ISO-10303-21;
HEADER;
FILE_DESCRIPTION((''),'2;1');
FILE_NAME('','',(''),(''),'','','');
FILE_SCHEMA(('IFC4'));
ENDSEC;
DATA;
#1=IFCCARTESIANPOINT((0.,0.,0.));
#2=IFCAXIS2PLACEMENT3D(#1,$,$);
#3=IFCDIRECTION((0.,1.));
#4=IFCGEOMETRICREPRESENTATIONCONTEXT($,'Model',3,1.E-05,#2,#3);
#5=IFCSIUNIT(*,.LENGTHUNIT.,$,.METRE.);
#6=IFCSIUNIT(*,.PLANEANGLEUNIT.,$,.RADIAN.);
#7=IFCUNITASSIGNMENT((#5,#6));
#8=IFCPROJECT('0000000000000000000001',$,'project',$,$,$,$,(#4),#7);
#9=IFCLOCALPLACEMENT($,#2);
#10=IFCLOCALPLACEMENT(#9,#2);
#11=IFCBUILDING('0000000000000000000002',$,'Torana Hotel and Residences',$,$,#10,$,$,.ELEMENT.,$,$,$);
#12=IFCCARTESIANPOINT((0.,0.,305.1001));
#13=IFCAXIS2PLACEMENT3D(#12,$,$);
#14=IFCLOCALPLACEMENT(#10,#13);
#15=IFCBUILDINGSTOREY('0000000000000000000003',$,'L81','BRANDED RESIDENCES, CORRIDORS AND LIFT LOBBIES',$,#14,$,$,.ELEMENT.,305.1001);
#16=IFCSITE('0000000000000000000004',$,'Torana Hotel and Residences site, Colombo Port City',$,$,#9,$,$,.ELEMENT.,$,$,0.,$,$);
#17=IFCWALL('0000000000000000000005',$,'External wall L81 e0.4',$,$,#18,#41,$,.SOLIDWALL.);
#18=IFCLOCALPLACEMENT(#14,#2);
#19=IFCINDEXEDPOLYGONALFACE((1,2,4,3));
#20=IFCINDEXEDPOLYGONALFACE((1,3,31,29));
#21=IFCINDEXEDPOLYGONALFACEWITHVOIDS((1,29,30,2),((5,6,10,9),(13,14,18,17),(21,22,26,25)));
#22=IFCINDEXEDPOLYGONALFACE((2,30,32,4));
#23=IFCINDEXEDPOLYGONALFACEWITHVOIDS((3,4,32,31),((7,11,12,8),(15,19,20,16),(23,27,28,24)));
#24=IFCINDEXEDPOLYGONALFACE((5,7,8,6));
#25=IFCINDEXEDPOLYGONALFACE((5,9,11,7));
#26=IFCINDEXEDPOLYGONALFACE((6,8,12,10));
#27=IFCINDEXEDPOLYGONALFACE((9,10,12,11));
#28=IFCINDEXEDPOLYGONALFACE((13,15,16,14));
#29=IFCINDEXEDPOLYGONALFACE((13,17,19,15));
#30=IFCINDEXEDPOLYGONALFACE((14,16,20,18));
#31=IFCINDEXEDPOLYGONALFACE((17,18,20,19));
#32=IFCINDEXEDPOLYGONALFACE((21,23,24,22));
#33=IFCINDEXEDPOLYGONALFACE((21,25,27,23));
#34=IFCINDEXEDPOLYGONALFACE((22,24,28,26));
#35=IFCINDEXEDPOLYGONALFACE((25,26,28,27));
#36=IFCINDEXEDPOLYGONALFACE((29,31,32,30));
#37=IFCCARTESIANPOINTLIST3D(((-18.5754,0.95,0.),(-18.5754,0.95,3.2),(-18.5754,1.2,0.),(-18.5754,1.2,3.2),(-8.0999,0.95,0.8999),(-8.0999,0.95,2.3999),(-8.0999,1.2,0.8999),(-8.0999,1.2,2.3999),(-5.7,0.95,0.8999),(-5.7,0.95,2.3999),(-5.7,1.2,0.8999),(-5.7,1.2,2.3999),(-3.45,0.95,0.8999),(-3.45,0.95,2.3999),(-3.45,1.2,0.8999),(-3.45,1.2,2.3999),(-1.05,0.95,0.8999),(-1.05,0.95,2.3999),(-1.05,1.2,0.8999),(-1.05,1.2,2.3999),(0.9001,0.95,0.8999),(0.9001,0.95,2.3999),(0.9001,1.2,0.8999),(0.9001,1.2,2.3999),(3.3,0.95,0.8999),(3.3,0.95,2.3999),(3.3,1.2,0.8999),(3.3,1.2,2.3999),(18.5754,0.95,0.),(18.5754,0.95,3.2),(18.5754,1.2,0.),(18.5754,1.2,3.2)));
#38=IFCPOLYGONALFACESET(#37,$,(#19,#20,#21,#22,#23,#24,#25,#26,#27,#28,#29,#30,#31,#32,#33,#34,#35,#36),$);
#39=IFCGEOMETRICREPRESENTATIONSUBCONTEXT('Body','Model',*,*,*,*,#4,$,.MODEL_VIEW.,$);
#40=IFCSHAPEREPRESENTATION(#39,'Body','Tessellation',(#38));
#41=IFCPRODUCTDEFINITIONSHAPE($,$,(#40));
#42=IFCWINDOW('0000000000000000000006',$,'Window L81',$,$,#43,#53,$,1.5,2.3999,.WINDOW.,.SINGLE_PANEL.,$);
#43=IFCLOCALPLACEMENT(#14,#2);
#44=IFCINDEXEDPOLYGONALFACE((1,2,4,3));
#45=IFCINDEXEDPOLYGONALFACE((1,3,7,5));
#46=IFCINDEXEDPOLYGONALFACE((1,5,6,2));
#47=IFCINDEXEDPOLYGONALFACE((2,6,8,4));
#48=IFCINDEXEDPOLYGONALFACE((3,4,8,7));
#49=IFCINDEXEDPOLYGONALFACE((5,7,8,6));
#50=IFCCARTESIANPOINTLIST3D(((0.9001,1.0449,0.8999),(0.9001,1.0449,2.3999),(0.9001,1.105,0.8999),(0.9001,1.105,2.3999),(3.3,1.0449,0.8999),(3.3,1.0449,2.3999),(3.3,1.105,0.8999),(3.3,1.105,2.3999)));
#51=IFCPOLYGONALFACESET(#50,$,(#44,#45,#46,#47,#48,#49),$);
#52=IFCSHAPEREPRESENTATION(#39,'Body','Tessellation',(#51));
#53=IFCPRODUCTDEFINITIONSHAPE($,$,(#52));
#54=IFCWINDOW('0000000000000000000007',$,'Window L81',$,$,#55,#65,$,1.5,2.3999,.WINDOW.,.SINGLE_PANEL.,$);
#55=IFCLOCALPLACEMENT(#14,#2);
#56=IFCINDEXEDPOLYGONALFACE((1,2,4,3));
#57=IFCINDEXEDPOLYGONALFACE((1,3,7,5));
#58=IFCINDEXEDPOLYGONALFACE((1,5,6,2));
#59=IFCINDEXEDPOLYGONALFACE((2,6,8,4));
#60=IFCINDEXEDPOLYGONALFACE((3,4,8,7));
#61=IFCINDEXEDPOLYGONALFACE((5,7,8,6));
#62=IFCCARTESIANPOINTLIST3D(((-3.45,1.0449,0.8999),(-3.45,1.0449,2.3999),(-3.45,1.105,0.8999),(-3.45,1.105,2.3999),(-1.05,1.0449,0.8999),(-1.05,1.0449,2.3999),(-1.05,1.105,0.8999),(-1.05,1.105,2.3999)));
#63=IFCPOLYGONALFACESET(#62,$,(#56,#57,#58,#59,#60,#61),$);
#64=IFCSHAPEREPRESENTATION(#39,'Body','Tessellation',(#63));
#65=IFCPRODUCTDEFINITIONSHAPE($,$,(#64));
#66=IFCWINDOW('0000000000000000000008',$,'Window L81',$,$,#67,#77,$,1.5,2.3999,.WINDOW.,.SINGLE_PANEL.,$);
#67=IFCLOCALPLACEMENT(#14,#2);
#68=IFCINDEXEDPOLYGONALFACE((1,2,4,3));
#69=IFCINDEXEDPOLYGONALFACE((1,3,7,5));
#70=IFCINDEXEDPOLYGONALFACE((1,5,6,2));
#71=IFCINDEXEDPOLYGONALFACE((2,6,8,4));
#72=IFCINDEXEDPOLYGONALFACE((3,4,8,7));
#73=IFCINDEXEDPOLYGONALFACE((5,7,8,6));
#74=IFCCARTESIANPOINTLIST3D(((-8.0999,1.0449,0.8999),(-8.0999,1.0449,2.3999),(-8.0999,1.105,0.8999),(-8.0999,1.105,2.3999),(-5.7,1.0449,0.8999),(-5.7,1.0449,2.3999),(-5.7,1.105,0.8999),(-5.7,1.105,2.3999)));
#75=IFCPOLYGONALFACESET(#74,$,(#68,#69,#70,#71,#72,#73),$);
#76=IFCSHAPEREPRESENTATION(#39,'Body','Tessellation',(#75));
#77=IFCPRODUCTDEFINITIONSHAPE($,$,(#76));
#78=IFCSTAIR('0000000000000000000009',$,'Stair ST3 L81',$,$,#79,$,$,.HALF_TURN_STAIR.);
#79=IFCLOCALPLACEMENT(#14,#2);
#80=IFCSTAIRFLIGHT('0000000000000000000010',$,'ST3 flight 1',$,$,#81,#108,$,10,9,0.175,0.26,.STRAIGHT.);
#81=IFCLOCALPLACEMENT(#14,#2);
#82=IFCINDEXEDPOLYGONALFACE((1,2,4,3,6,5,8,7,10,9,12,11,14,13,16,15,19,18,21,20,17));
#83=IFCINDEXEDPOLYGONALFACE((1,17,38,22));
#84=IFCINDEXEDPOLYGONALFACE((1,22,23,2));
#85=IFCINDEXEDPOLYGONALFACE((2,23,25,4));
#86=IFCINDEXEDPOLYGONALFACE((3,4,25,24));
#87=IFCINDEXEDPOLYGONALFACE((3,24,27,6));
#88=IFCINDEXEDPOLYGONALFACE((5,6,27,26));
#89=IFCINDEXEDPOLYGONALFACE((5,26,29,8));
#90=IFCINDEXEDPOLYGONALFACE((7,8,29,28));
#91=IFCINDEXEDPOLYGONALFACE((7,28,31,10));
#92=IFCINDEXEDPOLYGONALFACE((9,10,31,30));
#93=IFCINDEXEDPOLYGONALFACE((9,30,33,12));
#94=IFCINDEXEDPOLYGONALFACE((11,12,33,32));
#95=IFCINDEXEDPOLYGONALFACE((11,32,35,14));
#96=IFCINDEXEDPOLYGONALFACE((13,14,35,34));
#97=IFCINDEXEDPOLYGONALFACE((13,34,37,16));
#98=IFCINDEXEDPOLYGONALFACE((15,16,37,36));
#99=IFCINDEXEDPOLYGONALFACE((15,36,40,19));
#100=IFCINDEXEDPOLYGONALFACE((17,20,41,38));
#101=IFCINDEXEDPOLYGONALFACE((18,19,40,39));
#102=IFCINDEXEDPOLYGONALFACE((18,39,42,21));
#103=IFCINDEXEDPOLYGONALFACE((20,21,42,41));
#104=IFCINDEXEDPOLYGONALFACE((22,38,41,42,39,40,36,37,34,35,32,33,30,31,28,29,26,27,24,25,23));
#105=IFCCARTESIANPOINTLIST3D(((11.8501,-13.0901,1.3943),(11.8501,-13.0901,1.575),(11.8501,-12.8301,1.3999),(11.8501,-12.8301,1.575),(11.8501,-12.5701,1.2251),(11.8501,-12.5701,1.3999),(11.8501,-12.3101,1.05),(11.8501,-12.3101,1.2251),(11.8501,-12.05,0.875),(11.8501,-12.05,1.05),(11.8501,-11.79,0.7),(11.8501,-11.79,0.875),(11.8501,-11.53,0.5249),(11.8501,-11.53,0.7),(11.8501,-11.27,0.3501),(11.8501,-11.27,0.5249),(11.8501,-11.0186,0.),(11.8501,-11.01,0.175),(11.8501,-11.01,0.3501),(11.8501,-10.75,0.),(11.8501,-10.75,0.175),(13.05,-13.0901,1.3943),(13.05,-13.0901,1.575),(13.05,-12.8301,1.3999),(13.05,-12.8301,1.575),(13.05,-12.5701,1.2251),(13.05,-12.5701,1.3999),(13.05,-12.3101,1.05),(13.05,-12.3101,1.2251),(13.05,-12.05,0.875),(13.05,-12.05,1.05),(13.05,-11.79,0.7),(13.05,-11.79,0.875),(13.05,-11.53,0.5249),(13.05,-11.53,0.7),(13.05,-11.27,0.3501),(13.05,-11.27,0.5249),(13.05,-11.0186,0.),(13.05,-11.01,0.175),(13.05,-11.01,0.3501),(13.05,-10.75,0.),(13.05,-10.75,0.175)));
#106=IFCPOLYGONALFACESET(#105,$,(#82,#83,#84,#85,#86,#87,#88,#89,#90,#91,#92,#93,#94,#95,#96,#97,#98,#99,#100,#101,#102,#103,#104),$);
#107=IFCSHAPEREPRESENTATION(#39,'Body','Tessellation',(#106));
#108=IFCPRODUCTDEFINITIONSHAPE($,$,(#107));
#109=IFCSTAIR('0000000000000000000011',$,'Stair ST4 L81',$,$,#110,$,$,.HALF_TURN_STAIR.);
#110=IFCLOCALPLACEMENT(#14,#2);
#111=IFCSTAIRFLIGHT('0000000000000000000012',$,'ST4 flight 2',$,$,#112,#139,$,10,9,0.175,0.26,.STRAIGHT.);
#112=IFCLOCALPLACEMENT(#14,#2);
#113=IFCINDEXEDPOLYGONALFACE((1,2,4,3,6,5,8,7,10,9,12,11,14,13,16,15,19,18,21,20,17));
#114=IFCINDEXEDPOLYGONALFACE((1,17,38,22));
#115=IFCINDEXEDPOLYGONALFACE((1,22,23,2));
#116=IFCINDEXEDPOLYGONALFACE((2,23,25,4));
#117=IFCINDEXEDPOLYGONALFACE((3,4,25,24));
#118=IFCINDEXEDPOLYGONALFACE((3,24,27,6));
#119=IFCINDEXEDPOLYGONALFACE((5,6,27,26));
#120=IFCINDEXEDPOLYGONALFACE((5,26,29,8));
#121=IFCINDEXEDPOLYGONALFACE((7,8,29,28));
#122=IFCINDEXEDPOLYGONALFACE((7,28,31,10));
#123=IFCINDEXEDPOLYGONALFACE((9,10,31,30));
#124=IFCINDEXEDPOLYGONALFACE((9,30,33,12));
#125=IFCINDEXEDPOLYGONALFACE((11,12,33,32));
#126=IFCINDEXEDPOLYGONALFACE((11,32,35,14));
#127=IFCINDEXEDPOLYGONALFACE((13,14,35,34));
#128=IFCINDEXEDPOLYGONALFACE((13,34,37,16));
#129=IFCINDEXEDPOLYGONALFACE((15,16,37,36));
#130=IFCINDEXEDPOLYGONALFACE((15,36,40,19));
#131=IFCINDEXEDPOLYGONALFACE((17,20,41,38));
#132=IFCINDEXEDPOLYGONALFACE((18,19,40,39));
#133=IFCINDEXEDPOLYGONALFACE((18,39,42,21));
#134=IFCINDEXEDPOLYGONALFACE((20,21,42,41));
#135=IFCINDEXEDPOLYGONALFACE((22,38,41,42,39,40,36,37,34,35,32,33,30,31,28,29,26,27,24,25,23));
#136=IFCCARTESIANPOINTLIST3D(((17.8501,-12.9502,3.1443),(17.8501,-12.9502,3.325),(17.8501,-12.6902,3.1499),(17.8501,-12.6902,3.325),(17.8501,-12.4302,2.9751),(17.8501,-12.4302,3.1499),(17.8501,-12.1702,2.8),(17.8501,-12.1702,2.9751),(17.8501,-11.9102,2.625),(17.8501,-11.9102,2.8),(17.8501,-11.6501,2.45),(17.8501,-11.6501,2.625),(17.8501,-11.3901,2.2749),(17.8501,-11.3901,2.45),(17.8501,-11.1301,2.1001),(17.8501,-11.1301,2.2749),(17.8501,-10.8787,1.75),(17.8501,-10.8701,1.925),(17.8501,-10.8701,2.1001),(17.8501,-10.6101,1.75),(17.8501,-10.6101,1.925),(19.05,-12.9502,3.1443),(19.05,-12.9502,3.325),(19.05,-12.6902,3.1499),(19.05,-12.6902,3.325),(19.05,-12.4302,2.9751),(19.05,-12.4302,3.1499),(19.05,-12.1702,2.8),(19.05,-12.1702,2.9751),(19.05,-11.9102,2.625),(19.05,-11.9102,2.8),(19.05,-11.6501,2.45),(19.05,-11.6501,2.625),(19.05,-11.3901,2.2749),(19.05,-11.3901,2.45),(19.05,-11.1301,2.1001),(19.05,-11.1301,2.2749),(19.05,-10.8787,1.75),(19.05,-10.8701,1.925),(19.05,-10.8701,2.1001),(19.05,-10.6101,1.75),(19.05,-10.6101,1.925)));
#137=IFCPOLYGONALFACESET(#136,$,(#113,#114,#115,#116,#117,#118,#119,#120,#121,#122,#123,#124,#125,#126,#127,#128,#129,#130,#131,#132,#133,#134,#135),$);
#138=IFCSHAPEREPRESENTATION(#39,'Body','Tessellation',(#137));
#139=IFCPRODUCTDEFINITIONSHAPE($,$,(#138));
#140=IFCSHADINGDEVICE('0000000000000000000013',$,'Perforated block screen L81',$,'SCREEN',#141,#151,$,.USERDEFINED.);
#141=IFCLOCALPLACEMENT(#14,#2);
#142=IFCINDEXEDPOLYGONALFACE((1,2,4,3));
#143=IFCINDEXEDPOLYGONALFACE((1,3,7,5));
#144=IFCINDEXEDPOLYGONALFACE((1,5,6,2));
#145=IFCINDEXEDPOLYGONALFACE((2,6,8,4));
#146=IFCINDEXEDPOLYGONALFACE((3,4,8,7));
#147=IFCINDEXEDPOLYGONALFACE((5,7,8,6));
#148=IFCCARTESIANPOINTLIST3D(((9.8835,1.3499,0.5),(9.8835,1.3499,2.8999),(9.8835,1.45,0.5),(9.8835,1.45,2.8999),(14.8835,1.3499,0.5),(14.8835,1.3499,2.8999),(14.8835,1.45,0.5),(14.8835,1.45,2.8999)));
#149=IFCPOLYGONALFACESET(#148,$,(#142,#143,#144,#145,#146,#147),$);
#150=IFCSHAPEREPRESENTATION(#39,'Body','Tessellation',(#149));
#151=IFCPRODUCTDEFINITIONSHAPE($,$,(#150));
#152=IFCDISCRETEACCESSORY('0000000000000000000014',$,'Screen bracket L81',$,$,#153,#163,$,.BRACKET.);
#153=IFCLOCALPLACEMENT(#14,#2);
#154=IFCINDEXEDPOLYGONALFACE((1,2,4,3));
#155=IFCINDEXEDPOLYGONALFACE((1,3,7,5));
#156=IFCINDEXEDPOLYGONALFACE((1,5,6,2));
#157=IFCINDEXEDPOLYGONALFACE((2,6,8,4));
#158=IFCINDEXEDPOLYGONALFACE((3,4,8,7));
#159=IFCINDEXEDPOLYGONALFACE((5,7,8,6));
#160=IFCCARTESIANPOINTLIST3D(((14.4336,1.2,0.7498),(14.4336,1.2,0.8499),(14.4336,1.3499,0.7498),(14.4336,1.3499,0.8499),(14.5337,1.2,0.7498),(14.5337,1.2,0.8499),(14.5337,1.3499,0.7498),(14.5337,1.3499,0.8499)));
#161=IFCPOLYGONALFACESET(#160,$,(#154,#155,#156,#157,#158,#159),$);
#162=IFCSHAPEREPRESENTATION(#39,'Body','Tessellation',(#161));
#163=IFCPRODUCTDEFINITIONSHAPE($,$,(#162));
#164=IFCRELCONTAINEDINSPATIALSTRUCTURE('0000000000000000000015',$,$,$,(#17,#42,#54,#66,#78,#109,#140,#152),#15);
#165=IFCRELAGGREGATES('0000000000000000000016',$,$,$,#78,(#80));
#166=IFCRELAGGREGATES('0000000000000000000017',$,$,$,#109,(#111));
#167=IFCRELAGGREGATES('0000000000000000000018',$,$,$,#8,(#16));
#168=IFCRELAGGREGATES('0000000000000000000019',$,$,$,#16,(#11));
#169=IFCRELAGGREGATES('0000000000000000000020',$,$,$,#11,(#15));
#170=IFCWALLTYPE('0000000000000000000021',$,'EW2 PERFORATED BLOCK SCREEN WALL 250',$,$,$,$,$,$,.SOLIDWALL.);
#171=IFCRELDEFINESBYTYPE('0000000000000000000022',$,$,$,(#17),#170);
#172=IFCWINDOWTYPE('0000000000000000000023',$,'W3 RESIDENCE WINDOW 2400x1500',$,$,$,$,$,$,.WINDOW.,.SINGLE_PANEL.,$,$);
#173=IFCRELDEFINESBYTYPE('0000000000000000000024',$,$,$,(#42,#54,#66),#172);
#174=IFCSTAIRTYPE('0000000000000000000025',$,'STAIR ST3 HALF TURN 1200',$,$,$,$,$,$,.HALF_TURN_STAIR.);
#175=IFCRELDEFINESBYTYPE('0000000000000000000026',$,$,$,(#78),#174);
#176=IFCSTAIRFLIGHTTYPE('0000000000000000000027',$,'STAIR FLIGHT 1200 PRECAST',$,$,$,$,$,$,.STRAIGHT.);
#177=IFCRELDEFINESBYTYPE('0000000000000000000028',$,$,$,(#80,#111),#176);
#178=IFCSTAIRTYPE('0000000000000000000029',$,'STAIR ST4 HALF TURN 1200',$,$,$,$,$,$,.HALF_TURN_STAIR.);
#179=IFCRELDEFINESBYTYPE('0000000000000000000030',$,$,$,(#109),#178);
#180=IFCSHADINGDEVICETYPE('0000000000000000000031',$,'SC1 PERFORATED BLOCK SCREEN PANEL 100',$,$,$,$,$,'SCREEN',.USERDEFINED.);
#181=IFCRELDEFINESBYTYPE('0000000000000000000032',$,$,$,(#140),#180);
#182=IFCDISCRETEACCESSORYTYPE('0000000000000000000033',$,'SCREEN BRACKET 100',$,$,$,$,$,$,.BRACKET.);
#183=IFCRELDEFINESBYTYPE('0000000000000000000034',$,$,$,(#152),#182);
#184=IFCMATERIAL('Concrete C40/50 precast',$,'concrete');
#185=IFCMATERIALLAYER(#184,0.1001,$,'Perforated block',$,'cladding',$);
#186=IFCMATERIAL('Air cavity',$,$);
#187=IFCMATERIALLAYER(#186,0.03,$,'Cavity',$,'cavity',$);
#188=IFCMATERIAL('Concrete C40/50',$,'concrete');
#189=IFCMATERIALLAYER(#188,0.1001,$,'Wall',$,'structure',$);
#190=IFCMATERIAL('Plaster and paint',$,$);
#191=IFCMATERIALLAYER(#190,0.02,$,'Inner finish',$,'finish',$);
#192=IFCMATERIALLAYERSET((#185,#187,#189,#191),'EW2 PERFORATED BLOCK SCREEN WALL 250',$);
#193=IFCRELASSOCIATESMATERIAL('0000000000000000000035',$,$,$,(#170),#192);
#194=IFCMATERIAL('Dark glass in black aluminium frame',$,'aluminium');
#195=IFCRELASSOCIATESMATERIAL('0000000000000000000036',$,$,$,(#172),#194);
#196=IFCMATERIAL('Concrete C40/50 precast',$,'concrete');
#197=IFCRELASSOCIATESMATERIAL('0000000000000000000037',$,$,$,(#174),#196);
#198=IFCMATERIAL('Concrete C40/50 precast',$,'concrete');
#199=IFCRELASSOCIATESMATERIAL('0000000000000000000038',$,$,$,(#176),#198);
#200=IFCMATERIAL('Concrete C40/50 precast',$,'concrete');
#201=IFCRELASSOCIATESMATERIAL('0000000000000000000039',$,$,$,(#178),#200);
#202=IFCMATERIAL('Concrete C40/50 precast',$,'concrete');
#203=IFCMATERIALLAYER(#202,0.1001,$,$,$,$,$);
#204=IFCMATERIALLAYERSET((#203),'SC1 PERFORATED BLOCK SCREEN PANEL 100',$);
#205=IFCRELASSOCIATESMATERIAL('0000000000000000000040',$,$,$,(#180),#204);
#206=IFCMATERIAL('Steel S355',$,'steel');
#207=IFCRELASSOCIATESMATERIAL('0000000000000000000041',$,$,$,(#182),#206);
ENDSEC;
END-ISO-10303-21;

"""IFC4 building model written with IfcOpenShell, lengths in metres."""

from ifc_helpers import new_model, si_unit, direction, frame, frame_2d, origin, origin_2d, place, context, subcontext, project, spatial, polyline, rectangle, outline, extrude, material, layer, layer_set, type_object, element, fill, aggregate, save


model = new_model("IFC4")

# Units and contexts
model_context = context("Model", 3, precision=1e-05, world=origin(), true_north=direction((0.0, 1.0)))
body_context = subcontext(model_context, "Body", "Model", "MODEL_VIEW")
ifc_project = project(units=[si_unit("LENGTHUNIT", "METRE"), si_unit("PLANEANGLEUNIT", "RADIAN")], contexts=[model_context])

# Site, building, storey
site_placement = place(None, origin())
site = spatial("IfcSite", under=ifc_project, at=site_placement, Name="Torana Hotel and Residences site, Colombo Port City", CompositionType="ELEMENT", RefElevation=0.0)
building_placement = place(site_placement, origin())
building = spatial("IfcBuilding", under=site, at=building_placement, Name="Torana Hotel and Residences", CompositionType="ELEMENT")
storey_placement = place(building_placement, frame((0.0, 0.0, 305.1001)))
storey = spatial("IfcBuildingStorey", under=building, at=storey_placement, Name="L81", Description="BRANDED RESIDENCES, CORRIDORS AND LIFT LOBBIES", CompositionType="ELEMENT", Elevation=305.1001)

# Wall, openings, windows
ifc_material_1 = material(Name="Concrete C40/50 precast", Category="concrete")
ifc_layer_1 = layer(ifc_material_1, 0.1001, Name="Perforated block", Category="cladding")
ifc_material_2 = material(Name="Air cavity")
ifc_layer_2 = layer(ifc_material_2, 0.03, Name="Cavity", Category="cavity")
ifc_material_3 = material(Name="Concrete C40/50", Category="concrete")
ifc_layer_3 = layer(ifc_material_3, 0.1001, Name="Wall", Category="structure")
ifc_material_4 = material(Name="Plaster and paint")
ifc_layer_4 = layer(ifc_material_4, 0.02, Name="Inner finish", Category="finish")
ifc_layer_set_1 = layer_set([ifc_layer_1, ifc_layer_2, ifc_layer_3, ifc_layer_4], Name="EW2 PERFORATED BLOCK SCREEN WALL 250")
wall_type_1 = type_object("IfcWallType", Name="EW2 PERFORATED BLOCK SCREEN WALL 250", PredefinedType="SOLIDWALL", material=ifc_layer_set_1)
wall_1_placement = place(storey_placement, frame((18.5754, 1.075, 0.0), z_axis=(0.0, 0.0, 1.0), x_axis=(-1.0, 0.0, 0.0)))
wall_1 = element("IfcWall", 1, at=wall_1_placement, inside=storey, type_object=wall_type_1, Name="External wall L81 e0.4", PredefinedType="SOLIDWALL", context=body_context, shape_type="SweptSolid", body=[
    extrude(rectangle(XDim=37.1509, YDim=0.25, at=frame_2d((18.5754, 0.0))), origin(), (0.0, 0.0, 1.0), 3.2),
])
opening_1_placement = place(wall_1_placement, frame((15.2754, 0.0, 0.8999)))
opening_1 = element("IfcOpeningElement", 2, at=opening_1_placement, cuts=wall_1, PredefinedType="OPENING", context=body_context, shape_type="SweptSolid", body=[
    extrude(rectangle(XDim=2.3999, YDim=1.5, at=frame_2d((1.2, 0.75))), frame((0.0, 0.135, 0.0), z_axis=(0.0, -1.0, 0.0), x_axis=(1.0, 0.0, 0.0)), (0.0, 0.0, 1.0), 0.27),
])
opening_2_placement = place(wall_1_placement, frame((19.6255, 0.0, 0.8999)))
opening_2 = element("IfcOpeningElement", 3, at=opening_2_placement, cuts=wall_1, PredefinedType="OPENING", context=body_context, shape_type="SweptSolid", body=[
    extrude(rectangle(XDim=2.3999, YDim=1.5, at=frame_2d((1.2, 0.75))), frame((0.0, 0.135, 0.0), z_axis=(0.0, -1.0, 0.0), x_axis=(1.0, 0.0, 0.0)), (0.0, 0.0, 1.0), 0.27),
])
opening_3_placement = place(wall_1_placement, frame((24.2754, 0.0, 0.8999)))
opening_3 = element("IfcOpeningElement", 4, at=opening_3_placement, cuts=wall_1, PredefinedType="OPENING", context=body_context, shape_type="SweptSolid", body=[
    extrude(rectangle(XDim=2.3999, YDim=1.5, at=frame_2d((1.2, 0.75))), frame((0.0, 0.135, 0.0), z_axis=(0.0, -1.0, 0.0), x_axis=(1.0, 0.0, 0.0)), (0.0, 0.0, 1.0), 0.27),
])
ifc_material_5 = material(Name="Dark glass in black aluminium frame", Category="aluminium")
window_type = type_object("IfcWindowType", Name="W3 RESIDENCE WINDOW 2400x1500", PartitioningType="SINGLE_PANEL", PredefinedType="WINDOW", material=ifc_material_5)
window_1_placement = place(opening_1_placement, origin())
window_1 = element("IfcWindow", 5, at=window_1_placement, inside=storey, type_object=window_type, Name="Window L81", OverallHeight=1.5, OverallWidth=2.3999, PartitioningType="SINGLE_PANEL", PredefinedType="WINDOW", context=body_context, shape_type="SweptSolid", body=[
    extrude(rectangle(XDim=2.3999, YDim=1.5, at=frame_2d((1.2, 0.75))), frame((0.0, 0.03, 0.0), z_axis=(0.0, -1.0, 0.0), x_axis=(1.0, 0.0, 0.0)), (0.0, 0.0, 1.0), 0.0601),
])
fill(opening_1, window_1)
window_2_placement = place(opening_2_placement, origin())
window_2 = element("IfcWindow", 6, at=window_2_placement, inside=storey, type_object=window_type, Name="Window L81", OverallHeight=1.5, OverallWidth=2.3999, PartitioningType="SINGLE_PANEL", PredefinedType="WINDOW", context=body_context, shape_type="SweptSolid", body=[
    extrude(rectangle(XDim=2.3999, YDim=1.5, at=frame_2d((1.2, 0.75))), frame((0.0, 0.03, 0.0), z_axis=(0.0, -1.0, 0.0), x_axis=(1.0, 0.0, 0.0)), (0.0, 0.0, 1.0), 0.0601),
])
fill(opening_2, window_2)
window_3_placement = place(opening_3_placement, origin())
window_3 = element("IfcWindow", 7, at=window_3_placement, inside=storey, type_object=window_type, Name="Window L81", OverallHeight=1.5, OverallWidth=2.3999, PartitioningType="SINGLE_PANEL", PredefinedType="WINDOW", context=body_context, shape_type="SweptSolid", body=[
    extrude(rectangle(XDim=2.3999, YDim=1.5, at=frame_2d((1.2, 0.75))), frame((0.0, 0.03, 0.0), z_axis=(0.0, -1.0, 0.0), x_axis=(1.0, 0.0, 0.0)), (0.0, 0.0, 1.0), 0.0601),
])
fill(opening_3, window_3)

# Stairs, stair flights
ifc_material_6 = material(Name="Concrete C40/50 precast", Category="concrete")
stair_type_1 = type_object("IfcStairType", Name="STAIR ST3 HALF TURN 1200", PredefinedType="HALF_TURN_STAIR", material=ifc_material_6)
stair_1_placement = place(storey_placement, origin())
stair_1 = element("IfcStair", 8, at=stair_1_placement, inside=storey, type_object=stair_type_1, Name="Stair ST3 L81", PredefinedType="HALF_TURN_STAIR")
ifc_material_7 = material(Name="Concrete C40/50 precast", Category="concrete")
stair_flight_type = type_object("IfcStairFlightType", Name="STAIR FLIGHT 1200 PRECAST", PredefinedType="STRAIGHT", material=ifc_material_7)
stair_flight_1_placement = place(storey_placement, frame((12.45, -10.75, 0.0), z_axis=(0.0, 0.0, 1.0), x_axis=(0.0, -1.0, 0.0)))
stair_flight_1 = element("IfcStairFlight", 9, at=stair_flight_1_placement, type_object=stair_flight_type, Name="ST3 flight 1", NumberOfRisers=10, NumberOfTreads=9, PredefinedType="STRAIGHT", RiserHeight=0.175, TreadLength=0.26, context=body_context, shape_type="SweptSolid", body=[
    extrude(outline(polyline([(0.0, 0.0), (0.0, 0.175), (0.26, 0.175), (0.26, 0.3501), (0.52, 0.3501), (0.52, 0.5249), (0.78, 0.5249), (0.78, 0.7), (1.04, 0.7), (1.04, 0.875), (1.3, 0.875), (1.3, 1.05), (1.5601, 1.05), (1.5601, 1.2251), (1.8201, 1.2251), (1.8201, 1.3999), (2.0801, 1.3999), (2.0801, 1.575), (2.3401, 1.575), (2.3401, 1.75), (2.3401, 1.3943), (0.2686, 0.0), (0.0, 0.0)])), frame((0.0, 0.6001, 0.0), z_axis=(0.0, -1.0, 0.0), x_axis=(1.0, 0.0, 0.0)), (0.0, 0.0, 1.0), 1.2),
])
aggregate(stair_1, [stair_flight_1])
ifc_material_8 = material(Name="Concrete C40/50 precast", Category="concrete")
stair_type_2 = type_object("IfcStairType", Name="STAIR ST4 HALF TURN 1200", PredefinedType="HALF_TURN_STAIR", material=ifc_material_8)
stair_2_placement = place(storey_placement, origin())
stair_2 = element("IfcStair", 10, at=stair_2_placement, inside=storey, type_object=stair_type_2, Name="Stair ST4 L81", PredefinedType="HALF_TURN_STAIR")
stair_flight_2_placement = place(storey_placement, frame((18.45, -10.6101, 1.75), z_axis=(0.0, 0.0, 1.0), x_axis=(0.0, -1.0, 0.0)))
stair_flight_2 = element("IfcStairFlight", 11, at=stair_flight_2_placement, type_object=stair_flight_type, Name="ST4 flight 2", NumberOfRisers=10, NumberOfTreads=9, PredefinedType="STRAIGHT", RiserHeight=0.175, TreadLength=0.26, context=body_context, shape_type="SweptSolid", body=[
    extrude(outline(polyline([(0.0, 0.0), (0.0, 0.175), (0.26, 0.175), (0.26, 0.3501), (0.52, 0.3501), (0.52, 0.5249), (0.78, 0.5249), (0.78, 0.7), (1.04, 0.7), (1.04, 0.875), (1.3, 0.875), (1.3, 1.05), (1.5601, 1.05), (1.5601, 1.2251), (1.8201, 1.2251), (1.8201, 1.3999), (2.0801, 1.3999), (2.0801, 1.575), (2.3401, 1.575), (2.3401, 1.75), (2.3401, 1.3943), (0.2686, 0.0), (0.0, 0.0)])), frame((0.0, 0.6001, 0.0), z_axis=(0.0, -1.0, 0.0), x_axis=(1.0, 0.0, 0.0)), (0.0, 0.0, 1.0), 1.2),
])
aggregate(stair_2, [stair_flight_2])

# Shading device
ifc_material_9 = material(Name="Concrete C40/50 precast", Category="concrete")
ifc_layer_5 = layer(ifc_material_9, 0.1001)
ifc_layer_set_2 = layer_set([ifc_layer_5], Name="SC1 PERFORATED BLOCK SCREEN PANEL 100")
shading_device_type = type_object("IfcShadingDeviceType", Name="SC1 PERFORATED BLOCK SCREEN PANEL 100", ElementType="SCREEN", PredefinedType="USERDEFINED", material=ifc_layer_set_2)
shading_device_placement = place(storey_placement, frame((12.3835, 1.3999, 0.5), z_axis=(0.0, 0.0, 1.0), x_axis=(-1.0, 0.0, 0.0)))
element("IfcShadingDevice", 12, at=shading_device_placement, inside=storey, type_object=shading_device_type, Name="Perforated block screen L81", ObjectType="SCREEN", PredefinedType="USERDEFINED", context=body_context, shape_type="SweptSolid", body=[
    extrude(rectangle(XDim=5.0, YDim=0.1001, at=origin_2d()), origin(), (0.0, 0.0, 1.0), 2.3999),
])

# Discrete accessory
ifc_material_10 = material(Name="Steel S355", Category="steel")
discrete_accessory_type = type_object("IfcDiscreteAccessoryType", Name="SCREEN BRACKET 100", PredefinedType="BRACKET", material=ifc_material_10)
for number, where, z_axis, x_axis, name in (
    (13, (14.4836, 1.2749, 0.7498), (0.0, 0.0, 1.0), (-1.0, 0.0, 0.0), "Screen bracket L81"),
):
    element("IfcDiscreteAccessory", number, at=place(storey_placement, frame(where, z_axis=z_axis, x_axis=x_axis)), inside=storey, type_object=discrete_accessory_type, Name=name, PredefinedType="BRACKET", context=body_context, shape_type="SweptSolid", body=[
        extrude(rectangle(XDim=0.1001, YDim=0.1499, at=origin_2d()), origin(), (0.0, 0.0, 1.0), 0.1001),
    ])

save(model, "model.ifc")
